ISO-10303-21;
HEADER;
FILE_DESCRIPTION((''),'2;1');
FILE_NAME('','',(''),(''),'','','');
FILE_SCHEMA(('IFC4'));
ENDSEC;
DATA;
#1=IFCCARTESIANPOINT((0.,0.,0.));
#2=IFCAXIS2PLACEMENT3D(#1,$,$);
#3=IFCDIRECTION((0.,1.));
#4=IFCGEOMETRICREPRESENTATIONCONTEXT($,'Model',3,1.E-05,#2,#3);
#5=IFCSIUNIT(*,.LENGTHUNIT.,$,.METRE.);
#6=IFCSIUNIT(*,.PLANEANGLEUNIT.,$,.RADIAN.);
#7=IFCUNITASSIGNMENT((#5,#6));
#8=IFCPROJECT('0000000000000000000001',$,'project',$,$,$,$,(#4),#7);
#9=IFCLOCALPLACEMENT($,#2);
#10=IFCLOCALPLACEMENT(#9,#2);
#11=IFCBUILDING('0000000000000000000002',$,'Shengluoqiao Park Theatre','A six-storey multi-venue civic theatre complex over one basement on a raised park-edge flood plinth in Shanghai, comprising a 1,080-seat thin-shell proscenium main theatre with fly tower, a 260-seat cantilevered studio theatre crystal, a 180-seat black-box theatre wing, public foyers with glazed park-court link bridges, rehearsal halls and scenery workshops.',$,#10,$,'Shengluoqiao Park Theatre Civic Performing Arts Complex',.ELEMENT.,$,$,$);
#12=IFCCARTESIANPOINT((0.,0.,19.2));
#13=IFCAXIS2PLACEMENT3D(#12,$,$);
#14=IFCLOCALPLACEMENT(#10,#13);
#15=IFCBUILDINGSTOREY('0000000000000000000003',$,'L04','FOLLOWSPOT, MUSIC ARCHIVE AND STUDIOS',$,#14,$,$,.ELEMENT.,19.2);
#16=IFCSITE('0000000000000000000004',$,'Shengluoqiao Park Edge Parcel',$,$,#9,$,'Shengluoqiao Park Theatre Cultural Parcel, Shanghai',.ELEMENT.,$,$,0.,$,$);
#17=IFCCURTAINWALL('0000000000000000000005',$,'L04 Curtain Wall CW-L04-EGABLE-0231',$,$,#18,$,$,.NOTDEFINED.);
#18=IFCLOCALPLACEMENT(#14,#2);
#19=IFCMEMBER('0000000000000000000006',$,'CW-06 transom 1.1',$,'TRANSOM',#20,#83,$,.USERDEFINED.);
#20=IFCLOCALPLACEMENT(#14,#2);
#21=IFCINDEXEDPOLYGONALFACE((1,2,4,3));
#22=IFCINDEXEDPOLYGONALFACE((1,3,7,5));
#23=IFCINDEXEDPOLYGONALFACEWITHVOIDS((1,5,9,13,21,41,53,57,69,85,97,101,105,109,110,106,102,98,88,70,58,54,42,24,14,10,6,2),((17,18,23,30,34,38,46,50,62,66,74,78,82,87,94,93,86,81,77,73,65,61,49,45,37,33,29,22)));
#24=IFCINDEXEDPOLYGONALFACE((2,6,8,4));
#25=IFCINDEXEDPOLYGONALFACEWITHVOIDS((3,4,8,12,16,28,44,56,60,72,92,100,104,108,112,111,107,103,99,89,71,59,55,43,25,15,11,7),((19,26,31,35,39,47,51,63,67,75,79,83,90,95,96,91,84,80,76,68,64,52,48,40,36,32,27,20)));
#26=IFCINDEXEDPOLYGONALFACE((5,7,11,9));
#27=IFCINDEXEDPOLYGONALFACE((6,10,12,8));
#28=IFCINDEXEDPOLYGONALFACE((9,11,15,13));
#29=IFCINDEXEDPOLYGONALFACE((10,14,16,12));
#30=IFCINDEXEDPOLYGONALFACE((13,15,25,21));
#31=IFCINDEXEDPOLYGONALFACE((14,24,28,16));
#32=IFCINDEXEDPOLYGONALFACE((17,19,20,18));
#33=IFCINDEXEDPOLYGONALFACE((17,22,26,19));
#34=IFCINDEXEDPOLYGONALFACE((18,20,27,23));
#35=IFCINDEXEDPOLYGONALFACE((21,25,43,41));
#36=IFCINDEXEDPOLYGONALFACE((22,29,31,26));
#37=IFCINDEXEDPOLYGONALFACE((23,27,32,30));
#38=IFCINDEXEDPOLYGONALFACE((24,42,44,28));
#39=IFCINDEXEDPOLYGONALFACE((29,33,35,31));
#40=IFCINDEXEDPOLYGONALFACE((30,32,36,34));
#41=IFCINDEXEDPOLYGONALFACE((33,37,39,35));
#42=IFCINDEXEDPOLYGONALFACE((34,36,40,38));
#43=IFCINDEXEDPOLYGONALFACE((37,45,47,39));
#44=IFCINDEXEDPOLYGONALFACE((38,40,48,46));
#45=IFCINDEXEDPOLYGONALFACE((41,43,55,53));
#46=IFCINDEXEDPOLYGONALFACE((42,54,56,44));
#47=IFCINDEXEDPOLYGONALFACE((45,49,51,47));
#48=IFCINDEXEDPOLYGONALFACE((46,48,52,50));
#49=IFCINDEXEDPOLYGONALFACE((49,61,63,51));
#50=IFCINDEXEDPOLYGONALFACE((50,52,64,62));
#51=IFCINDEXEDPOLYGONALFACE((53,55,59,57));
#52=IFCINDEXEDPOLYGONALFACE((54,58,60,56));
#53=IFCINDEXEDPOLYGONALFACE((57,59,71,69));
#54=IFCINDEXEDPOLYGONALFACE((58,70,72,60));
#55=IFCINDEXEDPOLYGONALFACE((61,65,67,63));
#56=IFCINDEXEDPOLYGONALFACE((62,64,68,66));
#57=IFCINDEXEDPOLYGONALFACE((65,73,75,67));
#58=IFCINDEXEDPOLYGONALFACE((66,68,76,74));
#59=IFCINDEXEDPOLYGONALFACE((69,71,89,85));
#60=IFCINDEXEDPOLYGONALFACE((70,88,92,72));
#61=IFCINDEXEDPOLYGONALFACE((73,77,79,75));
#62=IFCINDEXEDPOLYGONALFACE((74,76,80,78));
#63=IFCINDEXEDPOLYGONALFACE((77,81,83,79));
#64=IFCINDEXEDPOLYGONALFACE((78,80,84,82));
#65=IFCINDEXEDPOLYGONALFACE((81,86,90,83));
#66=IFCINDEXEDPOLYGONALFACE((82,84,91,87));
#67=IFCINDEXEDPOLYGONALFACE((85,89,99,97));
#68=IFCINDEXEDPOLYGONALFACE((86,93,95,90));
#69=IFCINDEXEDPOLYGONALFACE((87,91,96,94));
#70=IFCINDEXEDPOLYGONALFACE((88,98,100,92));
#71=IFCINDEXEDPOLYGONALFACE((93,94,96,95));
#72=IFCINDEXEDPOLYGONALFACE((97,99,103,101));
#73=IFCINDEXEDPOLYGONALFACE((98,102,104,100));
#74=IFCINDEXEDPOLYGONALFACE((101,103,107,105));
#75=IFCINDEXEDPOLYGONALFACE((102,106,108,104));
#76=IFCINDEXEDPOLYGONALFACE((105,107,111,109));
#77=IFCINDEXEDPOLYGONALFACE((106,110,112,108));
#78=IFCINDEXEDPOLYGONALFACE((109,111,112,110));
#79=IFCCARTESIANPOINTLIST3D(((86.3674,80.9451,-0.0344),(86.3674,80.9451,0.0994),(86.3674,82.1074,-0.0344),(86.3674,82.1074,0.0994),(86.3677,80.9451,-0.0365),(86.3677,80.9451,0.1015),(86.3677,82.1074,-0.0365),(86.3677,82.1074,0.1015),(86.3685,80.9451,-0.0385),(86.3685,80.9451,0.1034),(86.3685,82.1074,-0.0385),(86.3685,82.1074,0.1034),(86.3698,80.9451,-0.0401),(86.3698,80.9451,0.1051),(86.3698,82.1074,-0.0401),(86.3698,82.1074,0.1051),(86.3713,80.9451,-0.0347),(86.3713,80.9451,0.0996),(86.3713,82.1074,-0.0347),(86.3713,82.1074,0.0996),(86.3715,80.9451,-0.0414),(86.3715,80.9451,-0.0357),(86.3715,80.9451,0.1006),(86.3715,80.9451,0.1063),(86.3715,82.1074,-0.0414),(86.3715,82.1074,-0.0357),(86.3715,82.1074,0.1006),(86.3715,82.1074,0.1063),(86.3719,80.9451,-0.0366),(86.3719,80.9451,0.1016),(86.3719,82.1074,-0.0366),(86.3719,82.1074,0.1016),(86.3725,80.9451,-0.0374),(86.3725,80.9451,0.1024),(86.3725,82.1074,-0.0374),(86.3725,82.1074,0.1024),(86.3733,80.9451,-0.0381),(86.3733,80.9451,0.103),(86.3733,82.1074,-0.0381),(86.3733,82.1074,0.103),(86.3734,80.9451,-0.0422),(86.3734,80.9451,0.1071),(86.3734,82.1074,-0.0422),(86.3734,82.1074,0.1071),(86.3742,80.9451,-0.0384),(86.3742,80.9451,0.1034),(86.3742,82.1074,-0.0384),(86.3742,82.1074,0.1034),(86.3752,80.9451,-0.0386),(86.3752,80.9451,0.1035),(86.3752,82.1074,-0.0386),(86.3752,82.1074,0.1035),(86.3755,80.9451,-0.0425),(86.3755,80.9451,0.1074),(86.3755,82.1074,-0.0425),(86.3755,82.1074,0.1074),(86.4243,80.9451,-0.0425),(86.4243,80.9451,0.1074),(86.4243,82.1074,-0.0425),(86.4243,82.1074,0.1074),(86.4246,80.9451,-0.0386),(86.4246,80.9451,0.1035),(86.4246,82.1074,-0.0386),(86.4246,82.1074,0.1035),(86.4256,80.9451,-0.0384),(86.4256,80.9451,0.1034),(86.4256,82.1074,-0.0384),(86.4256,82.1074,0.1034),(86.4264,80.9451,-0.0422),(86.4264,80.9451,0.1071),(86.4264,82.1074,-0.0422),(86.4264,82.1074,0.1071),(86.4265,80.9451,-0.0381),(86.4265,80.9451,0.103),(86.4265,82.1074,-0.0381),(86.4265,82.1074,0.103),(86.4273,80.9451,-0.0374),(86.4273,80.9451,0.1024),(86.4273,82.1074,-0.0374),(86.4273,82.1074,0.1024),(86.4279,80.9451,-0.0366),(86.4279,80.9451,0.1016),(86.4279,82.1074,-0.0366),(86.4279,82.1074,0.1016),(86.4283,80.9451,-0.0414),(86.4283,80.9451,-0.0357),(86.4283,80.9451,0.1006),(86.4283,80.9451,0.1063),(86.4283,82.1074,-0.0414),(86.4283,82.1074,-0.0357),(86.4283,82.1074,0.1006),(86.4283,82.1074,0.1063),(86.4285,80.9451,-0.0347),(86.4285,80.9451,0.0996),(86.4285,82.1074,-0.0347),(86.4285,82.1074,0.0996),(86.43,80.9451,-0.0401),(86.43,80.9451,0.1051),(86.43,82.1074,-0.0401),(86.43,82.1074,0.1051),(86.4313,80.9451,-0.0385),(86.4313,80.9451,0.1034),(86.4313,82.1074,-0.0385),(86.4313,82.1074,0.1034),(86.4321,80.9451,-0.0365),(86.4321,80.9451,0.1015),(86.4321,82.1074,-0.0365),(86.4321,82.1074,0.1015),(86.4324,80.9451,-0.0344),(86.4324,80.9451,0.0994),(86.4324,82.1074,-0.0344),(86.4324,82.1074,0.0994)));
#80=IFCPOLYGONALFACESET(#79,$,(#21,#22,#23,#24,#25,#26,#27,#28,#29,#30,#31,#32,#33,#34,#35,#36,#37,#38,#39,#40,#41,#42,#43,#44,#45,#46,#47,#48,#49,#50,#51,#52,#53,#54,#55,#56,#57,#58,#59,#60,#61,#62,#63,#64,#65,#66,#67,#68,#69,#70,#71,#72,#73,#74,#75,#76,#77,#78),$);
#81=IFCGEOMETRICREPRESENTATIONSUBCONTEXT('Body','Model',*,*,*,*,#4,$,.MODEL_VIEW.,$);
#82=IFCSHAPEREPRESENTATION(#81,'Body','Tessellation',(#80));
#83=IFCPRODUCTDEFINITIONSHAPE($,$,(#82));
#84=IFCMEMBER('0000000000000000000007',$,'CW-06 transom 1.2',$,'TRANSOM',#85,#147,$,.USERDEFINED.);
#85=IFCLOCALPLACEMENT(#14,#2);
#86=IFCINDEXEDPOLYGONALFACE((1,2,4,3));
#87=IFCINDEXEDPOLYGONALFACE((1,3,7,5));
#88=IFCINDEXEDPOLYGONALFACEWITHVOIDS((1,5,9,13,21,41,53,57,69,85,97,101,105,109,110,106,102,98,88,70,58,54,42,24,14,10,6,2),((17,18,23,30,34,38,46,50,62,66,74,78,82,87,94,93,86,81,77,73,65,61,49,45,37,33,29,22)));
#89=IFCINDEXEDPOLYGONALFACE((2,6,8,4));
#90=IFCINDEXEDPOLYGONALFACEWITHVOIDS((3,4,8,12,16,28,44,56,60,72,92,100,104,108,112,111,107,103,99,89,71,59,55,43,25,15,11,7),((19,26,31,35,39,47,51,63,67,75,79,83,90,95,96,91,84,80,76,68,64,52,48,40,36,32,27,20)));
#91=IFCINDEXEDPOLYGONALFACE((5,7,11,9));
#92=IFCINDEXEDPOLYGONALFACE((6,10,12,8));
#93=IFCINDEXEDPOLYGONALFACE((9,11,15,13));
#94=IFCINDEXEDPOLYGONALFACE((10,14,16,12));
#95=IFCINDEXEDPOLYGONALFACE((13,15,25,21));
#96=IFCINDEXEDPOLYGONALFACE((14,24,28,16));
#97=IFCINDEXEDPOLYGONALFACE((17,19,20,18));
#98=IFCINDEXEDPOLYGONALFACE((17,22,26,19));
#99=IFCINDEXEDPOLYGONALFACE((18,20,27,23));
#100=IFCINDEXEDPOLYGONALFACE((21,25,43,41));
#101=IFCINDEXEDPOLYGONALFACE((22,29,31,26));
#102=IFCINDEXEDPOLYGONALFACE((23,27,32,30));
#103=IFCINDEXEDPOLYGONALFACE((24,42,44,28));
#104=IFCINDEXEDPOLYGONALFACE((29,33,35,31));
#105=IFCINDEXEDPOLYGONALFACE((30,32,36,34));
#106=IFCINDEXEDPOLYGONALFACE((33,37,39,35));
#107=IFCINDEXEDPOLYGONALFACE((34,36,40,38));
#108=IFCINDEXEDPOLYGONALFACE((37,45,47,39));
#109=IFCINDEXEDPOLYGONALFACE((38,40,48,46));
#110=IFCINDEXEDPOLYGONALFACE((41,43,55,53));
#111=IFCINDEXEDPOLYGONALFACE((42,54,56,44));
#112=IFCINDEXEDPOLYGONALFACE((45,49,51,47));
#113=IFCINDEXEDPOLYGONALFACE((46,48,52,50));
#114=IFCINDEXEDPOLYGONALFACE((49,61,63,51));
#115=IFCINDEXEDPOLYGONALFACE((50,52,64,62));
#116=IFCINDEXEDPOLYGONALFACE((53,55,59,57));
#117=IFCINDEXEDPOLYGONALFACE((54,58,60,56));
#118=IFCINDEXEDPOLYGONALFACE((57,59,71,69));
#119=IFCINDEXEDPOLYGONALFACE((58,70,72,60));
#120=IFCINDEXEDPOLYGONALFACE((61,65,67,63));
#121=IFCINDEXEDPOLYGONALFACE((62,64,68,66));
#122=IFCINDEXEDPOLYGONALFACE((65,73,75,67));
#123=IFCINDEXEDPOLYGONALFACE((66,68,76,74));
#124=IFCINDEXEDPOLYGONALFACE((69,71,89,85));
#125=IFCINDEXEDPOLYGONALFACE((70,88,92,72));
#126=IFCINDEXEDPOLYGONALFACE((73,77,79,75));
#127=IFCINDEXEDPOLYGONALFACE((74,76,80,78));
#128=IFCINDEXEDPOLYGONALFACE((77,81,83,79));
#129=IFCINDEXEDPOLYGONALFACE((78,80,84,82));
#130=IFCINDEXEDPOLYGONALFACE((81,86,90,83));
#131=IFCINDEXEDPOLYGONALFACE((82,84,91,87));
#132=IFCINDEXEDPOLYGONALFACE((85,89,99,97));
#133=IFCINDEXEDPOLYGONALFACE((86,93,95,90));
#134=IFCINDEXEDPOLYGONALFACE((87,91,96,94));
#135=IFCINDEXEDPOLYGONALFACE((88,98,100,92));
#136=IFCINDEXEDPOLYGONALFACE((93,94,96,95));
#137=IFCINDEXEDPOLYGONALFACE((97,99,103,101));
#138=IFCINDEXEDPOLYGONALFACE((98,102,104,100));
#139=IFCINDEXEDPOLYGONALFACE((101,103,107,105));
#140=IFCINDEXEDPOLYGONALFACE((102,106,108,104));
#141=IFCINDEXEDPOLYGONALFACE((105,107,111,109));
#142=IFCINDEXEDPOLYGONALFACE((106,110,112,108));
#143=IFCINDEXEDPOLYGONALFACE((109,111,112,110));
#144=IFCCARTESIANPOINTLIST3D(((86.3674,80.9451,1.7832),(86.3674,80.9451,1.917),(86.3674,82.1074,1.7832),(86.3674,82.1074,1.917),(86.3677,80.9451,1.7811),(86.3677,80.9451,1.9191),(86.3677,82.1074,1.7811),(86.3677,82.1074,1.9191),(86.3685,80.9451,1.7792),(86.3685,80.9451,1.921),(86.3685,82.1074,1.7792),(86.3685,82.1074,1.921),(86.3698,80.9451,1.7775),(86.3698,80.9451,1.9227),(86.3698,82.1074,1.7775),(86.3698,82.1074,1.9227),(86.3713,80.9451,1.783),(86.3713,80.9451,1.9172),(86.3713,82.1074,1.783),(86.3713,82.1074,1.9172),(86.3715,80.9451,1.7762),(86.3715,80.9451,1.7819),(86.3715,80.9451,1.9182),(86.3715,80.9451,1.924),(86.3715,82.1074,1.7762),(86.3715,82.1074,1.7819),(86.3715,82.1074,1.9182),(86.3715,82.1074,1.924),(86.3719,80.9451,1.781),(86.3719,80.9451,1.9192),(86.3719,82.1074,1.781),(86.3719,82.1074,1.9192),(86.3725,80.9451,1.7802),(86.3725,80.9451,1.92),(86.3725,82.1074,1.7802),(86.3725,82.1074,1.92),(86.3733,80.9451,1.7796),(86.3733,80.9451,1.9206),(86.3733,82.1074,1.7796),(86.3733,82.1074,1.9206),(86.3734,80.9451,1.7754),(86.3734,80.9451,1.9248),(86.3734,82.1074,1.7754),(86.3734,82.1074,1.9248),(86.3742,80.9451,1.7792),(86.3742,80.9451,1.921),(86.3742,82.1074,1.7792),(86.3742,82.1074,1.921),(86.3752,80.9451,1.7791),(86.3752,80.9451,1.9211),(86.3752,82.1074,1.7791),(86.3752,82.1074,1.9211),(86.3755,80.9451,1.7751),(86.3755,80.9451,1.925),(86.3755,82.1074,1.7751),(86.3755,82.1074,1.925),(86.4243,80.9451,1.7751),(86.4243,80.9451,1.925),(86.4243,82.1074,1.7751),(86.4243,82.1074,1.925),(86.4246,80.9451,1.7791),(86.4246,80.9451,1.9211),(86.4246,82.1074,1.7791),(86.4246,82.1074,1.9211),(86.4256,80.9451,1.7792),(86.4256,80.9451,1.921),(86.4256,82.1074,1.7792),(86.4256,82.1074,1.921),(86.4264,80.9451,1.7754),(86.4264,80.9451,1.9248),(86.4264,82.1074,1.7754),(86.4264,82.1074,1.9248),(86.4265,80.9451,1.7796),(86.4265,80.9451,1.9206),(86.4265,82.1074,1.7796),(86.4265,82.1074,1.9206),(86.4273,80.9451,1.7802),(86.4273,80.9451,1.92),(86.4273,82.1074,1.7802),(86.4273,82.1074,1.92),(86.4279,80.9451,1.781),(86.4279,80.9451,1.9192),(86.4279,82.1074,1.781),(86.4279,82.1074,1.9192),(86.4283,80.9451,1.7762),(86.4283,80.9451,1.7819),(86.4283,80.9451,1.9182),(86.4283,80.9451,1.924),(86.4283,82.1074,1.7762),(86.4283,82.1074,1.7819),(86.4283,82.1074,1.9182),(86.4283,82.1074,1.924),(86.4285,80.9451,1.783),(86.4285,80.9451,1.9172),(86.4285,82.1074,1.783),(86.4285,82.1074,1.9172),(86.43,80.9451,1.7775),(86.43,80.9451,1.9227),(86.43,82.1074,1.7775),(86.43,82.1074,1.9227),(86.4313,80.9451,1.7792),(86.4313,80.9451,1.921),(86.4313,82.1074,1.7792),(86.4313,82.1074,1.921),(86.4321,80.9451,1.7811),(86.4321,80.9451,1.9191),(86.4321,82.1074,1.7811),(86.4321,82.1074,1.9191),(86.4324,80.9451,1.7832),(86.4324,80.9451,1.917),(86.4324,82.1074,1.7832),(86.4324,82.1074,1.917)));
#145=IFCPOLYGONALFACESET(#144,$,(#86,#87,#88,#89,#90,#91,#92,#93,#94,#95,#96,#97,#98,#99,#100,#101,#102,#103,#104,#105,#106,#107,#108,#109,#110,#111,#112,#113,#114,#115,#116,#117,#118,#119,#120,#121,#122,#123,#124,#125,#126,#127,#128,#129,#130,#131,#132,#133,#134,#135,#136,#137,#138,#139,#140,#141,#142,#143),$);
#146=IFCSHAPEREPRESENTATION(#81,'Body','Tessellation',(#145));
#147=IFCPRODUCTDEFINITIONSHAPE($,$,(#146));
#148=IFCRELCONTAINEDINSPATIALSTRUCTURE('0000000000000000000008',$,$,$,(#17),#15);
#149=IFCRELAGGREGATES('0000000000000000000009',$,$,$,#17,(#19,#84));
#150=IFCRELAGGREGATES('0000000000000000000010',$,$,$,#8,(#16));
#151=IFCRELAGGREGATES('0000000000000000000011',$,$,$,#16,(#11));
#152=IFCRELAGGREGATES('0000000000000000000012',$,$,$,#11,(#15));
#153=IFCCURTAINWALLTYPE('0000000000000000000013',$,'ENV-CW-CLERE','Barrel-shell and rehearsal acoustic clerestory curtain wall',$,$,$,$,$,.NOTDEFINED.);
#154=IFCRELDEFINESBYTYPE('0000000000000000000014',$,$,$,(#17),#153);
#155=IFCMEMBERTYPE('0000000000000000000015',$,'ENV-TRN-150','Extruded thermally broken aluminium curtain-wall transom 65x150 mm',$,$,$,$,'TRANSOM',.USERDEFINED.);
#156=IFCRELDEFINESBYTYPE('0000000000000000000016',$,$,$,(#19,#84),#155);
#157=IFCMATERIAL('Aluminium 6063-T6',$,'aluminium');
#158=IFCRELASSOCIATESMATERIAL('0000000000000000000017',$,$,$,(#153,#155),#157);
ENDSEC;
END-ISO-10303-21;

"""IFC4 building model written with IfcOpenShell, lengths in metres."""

from ifc_helpers import new_model, si_unit, direction, frame, origin, origin_2d, place, context, subcontext, project, spatial, hollow_rectangle, extrude, material, material_profile, profile_set, type_object, element, aggregate, save


model = new_model("IFC4")

# Units and contexts
model_context = context("Model", 3, precision=1e-05, world=origin(), true_north=direction((0.0, 1.0)))
body_context = subcontext(model_context, "Body", "Model", "MODEL_VIEW")
ifc_project = project(units=[si_unit("LENGTHUNIT", "METRE"), si_unit("PLANEANGLEUNIT", "RADIAN")], contexts=[model_context])

# Site, building, storey
site_placement = place(None, origin())
site = spatial("IfcSite", under=ifc_project, at=site_placement, Name="Shengluoqiao Park Edge Parcel", LongName="Shengluoqiao Park Theatre Cultural Parcel, Shanghai", CompositionType="ELEMENT", RefElevation=0.0)
building_placement = place(site_placement, origin())
building = spatial("IfcBuilding", under=site, at=building_placement, Name="Shengluoqiao Park Theatre", Description="A six-storey multi-venue civic theatre complex over one basement on a raised park-edge flood plinth in Shanghai, comprising a 1,080-seat thin-shell proscenium main theatre with fly tower, a 260-seat cantilevered studio theatre crystal, a 180-seat black-box theatre wing, public foyers with glazed park-court link bridges, rehearsal halls and scenery workshops.", LongName="Shengluoqiao Park Theatre Civic Performing Arts Complex", CompositionType="ELEMENT")
storey_placement = place(building_placement, frame((0.0, 0.0, 19.2)))
storey = spatial("IfcBuildingStorey", under=building, at=storey_placement, Name="L04", Description="FOLLOWSPOT, MUSIC ARCHIVE AND STUDIOS", CompositionType="ELEMENT", Elevation=19.2)

# Shared definitions
ifc_material_1 = material(Name="Aluminium 6063-T6", Category="aluminium")
curtain_wall_type = type_object("IfcCurtainWallType", Name="ENV-CW-CLERE", Description="Barrel-shell and rehearsal acoustic clerestory curtain wall", PredefinedType="NOTDEFINED", material=ifc_material_1)

# Curtain wall, members
curtain_wall_1_placement = place(storey_placement, origin())
curtain_wall_1 = element("IfcCurtainWall", 1, at=curtain_wall_1_placement, inside=storey, type_object=curtain_wall_type, Name="L04 Curtain Wall CW-L04-EGABLE-0231", PredefinedType="NOTDEFINED")
ifc_material_profile_1 = material_profile(ifc_material_1, hollow_rectangle(XDim=0.0649, YDim=0.1499, WallThickness=0.0039, InnerFilletRadius=0.0039, OuterFilletRadius=0.0081, at=origin_2d()), Name="ALU TRANSOM 150x65x4")
ifc_profile_set_1 = profile_set([ifc_material_profile_1], Name="Aluminium 6063-T6")
member_type_1 = type_object("IfcMemberType", Name="ENV-TRN-150", Description="Extruded thermally broken aluminium curtain-wall transom 65x150 mm", ElementType="TRANSOM", PredefinedType="USERDEFINED", material=ifc_profile_set_1)
member_1_placement = place(storey_placement, frame((86.3999, 80.9451, 0.0325), z_axis=(0.0, 1.0, 0.0), x_axis=(-1.0, 0.0, 0.0)))
member_1 = element("IfcMember", 2, at=member_1_placement, type_object=member_type_1, Name="CW-06 transom 1.1", ObjectType="TRANSOM", PredefinedType="USERDEFINED", context=body_context, shape_type="SweptSolid", body=[
    extrude(hollow_rectangle(XDim=0.0649, YDim=0.1499, WallThickness=0.0039, InnerFilletRadius=0.0039, OuterFilletRadius=0.0081, at=origin_2d()), origin(), (0.0, 0.0, 1.0), 1.1624),
])
member_2_placement = place(storey_placement, frame((86.3999, 80.9451, 1.8501), z_axis=(0.0, 1.0, 0.0), x_axis=(-1.0, 0.0, 0.0)))
member_2 = element("IfcMember", 3, at=member_2_placement, type_object=member_type_1, Name="CW-06 transom 1.2", ObjectType="TRANSOM", PredefinedType="USERDEFINED", context=body_context, shape_type="SweptSolid", body=[
    extrude(hollow_rectangle(XDim=0.0649, YDim=0.1499, WallThickness=0.0039, InnerFilletRadius=0.0039, OuterFilletRadius=0.0081, at=origin_2d()), origin(), (0.0, 0.0, 1.0), 1.1624),
])

aggregate(curtain_wall_1, [member_1, member_2])

save(model, "model.ifc")
